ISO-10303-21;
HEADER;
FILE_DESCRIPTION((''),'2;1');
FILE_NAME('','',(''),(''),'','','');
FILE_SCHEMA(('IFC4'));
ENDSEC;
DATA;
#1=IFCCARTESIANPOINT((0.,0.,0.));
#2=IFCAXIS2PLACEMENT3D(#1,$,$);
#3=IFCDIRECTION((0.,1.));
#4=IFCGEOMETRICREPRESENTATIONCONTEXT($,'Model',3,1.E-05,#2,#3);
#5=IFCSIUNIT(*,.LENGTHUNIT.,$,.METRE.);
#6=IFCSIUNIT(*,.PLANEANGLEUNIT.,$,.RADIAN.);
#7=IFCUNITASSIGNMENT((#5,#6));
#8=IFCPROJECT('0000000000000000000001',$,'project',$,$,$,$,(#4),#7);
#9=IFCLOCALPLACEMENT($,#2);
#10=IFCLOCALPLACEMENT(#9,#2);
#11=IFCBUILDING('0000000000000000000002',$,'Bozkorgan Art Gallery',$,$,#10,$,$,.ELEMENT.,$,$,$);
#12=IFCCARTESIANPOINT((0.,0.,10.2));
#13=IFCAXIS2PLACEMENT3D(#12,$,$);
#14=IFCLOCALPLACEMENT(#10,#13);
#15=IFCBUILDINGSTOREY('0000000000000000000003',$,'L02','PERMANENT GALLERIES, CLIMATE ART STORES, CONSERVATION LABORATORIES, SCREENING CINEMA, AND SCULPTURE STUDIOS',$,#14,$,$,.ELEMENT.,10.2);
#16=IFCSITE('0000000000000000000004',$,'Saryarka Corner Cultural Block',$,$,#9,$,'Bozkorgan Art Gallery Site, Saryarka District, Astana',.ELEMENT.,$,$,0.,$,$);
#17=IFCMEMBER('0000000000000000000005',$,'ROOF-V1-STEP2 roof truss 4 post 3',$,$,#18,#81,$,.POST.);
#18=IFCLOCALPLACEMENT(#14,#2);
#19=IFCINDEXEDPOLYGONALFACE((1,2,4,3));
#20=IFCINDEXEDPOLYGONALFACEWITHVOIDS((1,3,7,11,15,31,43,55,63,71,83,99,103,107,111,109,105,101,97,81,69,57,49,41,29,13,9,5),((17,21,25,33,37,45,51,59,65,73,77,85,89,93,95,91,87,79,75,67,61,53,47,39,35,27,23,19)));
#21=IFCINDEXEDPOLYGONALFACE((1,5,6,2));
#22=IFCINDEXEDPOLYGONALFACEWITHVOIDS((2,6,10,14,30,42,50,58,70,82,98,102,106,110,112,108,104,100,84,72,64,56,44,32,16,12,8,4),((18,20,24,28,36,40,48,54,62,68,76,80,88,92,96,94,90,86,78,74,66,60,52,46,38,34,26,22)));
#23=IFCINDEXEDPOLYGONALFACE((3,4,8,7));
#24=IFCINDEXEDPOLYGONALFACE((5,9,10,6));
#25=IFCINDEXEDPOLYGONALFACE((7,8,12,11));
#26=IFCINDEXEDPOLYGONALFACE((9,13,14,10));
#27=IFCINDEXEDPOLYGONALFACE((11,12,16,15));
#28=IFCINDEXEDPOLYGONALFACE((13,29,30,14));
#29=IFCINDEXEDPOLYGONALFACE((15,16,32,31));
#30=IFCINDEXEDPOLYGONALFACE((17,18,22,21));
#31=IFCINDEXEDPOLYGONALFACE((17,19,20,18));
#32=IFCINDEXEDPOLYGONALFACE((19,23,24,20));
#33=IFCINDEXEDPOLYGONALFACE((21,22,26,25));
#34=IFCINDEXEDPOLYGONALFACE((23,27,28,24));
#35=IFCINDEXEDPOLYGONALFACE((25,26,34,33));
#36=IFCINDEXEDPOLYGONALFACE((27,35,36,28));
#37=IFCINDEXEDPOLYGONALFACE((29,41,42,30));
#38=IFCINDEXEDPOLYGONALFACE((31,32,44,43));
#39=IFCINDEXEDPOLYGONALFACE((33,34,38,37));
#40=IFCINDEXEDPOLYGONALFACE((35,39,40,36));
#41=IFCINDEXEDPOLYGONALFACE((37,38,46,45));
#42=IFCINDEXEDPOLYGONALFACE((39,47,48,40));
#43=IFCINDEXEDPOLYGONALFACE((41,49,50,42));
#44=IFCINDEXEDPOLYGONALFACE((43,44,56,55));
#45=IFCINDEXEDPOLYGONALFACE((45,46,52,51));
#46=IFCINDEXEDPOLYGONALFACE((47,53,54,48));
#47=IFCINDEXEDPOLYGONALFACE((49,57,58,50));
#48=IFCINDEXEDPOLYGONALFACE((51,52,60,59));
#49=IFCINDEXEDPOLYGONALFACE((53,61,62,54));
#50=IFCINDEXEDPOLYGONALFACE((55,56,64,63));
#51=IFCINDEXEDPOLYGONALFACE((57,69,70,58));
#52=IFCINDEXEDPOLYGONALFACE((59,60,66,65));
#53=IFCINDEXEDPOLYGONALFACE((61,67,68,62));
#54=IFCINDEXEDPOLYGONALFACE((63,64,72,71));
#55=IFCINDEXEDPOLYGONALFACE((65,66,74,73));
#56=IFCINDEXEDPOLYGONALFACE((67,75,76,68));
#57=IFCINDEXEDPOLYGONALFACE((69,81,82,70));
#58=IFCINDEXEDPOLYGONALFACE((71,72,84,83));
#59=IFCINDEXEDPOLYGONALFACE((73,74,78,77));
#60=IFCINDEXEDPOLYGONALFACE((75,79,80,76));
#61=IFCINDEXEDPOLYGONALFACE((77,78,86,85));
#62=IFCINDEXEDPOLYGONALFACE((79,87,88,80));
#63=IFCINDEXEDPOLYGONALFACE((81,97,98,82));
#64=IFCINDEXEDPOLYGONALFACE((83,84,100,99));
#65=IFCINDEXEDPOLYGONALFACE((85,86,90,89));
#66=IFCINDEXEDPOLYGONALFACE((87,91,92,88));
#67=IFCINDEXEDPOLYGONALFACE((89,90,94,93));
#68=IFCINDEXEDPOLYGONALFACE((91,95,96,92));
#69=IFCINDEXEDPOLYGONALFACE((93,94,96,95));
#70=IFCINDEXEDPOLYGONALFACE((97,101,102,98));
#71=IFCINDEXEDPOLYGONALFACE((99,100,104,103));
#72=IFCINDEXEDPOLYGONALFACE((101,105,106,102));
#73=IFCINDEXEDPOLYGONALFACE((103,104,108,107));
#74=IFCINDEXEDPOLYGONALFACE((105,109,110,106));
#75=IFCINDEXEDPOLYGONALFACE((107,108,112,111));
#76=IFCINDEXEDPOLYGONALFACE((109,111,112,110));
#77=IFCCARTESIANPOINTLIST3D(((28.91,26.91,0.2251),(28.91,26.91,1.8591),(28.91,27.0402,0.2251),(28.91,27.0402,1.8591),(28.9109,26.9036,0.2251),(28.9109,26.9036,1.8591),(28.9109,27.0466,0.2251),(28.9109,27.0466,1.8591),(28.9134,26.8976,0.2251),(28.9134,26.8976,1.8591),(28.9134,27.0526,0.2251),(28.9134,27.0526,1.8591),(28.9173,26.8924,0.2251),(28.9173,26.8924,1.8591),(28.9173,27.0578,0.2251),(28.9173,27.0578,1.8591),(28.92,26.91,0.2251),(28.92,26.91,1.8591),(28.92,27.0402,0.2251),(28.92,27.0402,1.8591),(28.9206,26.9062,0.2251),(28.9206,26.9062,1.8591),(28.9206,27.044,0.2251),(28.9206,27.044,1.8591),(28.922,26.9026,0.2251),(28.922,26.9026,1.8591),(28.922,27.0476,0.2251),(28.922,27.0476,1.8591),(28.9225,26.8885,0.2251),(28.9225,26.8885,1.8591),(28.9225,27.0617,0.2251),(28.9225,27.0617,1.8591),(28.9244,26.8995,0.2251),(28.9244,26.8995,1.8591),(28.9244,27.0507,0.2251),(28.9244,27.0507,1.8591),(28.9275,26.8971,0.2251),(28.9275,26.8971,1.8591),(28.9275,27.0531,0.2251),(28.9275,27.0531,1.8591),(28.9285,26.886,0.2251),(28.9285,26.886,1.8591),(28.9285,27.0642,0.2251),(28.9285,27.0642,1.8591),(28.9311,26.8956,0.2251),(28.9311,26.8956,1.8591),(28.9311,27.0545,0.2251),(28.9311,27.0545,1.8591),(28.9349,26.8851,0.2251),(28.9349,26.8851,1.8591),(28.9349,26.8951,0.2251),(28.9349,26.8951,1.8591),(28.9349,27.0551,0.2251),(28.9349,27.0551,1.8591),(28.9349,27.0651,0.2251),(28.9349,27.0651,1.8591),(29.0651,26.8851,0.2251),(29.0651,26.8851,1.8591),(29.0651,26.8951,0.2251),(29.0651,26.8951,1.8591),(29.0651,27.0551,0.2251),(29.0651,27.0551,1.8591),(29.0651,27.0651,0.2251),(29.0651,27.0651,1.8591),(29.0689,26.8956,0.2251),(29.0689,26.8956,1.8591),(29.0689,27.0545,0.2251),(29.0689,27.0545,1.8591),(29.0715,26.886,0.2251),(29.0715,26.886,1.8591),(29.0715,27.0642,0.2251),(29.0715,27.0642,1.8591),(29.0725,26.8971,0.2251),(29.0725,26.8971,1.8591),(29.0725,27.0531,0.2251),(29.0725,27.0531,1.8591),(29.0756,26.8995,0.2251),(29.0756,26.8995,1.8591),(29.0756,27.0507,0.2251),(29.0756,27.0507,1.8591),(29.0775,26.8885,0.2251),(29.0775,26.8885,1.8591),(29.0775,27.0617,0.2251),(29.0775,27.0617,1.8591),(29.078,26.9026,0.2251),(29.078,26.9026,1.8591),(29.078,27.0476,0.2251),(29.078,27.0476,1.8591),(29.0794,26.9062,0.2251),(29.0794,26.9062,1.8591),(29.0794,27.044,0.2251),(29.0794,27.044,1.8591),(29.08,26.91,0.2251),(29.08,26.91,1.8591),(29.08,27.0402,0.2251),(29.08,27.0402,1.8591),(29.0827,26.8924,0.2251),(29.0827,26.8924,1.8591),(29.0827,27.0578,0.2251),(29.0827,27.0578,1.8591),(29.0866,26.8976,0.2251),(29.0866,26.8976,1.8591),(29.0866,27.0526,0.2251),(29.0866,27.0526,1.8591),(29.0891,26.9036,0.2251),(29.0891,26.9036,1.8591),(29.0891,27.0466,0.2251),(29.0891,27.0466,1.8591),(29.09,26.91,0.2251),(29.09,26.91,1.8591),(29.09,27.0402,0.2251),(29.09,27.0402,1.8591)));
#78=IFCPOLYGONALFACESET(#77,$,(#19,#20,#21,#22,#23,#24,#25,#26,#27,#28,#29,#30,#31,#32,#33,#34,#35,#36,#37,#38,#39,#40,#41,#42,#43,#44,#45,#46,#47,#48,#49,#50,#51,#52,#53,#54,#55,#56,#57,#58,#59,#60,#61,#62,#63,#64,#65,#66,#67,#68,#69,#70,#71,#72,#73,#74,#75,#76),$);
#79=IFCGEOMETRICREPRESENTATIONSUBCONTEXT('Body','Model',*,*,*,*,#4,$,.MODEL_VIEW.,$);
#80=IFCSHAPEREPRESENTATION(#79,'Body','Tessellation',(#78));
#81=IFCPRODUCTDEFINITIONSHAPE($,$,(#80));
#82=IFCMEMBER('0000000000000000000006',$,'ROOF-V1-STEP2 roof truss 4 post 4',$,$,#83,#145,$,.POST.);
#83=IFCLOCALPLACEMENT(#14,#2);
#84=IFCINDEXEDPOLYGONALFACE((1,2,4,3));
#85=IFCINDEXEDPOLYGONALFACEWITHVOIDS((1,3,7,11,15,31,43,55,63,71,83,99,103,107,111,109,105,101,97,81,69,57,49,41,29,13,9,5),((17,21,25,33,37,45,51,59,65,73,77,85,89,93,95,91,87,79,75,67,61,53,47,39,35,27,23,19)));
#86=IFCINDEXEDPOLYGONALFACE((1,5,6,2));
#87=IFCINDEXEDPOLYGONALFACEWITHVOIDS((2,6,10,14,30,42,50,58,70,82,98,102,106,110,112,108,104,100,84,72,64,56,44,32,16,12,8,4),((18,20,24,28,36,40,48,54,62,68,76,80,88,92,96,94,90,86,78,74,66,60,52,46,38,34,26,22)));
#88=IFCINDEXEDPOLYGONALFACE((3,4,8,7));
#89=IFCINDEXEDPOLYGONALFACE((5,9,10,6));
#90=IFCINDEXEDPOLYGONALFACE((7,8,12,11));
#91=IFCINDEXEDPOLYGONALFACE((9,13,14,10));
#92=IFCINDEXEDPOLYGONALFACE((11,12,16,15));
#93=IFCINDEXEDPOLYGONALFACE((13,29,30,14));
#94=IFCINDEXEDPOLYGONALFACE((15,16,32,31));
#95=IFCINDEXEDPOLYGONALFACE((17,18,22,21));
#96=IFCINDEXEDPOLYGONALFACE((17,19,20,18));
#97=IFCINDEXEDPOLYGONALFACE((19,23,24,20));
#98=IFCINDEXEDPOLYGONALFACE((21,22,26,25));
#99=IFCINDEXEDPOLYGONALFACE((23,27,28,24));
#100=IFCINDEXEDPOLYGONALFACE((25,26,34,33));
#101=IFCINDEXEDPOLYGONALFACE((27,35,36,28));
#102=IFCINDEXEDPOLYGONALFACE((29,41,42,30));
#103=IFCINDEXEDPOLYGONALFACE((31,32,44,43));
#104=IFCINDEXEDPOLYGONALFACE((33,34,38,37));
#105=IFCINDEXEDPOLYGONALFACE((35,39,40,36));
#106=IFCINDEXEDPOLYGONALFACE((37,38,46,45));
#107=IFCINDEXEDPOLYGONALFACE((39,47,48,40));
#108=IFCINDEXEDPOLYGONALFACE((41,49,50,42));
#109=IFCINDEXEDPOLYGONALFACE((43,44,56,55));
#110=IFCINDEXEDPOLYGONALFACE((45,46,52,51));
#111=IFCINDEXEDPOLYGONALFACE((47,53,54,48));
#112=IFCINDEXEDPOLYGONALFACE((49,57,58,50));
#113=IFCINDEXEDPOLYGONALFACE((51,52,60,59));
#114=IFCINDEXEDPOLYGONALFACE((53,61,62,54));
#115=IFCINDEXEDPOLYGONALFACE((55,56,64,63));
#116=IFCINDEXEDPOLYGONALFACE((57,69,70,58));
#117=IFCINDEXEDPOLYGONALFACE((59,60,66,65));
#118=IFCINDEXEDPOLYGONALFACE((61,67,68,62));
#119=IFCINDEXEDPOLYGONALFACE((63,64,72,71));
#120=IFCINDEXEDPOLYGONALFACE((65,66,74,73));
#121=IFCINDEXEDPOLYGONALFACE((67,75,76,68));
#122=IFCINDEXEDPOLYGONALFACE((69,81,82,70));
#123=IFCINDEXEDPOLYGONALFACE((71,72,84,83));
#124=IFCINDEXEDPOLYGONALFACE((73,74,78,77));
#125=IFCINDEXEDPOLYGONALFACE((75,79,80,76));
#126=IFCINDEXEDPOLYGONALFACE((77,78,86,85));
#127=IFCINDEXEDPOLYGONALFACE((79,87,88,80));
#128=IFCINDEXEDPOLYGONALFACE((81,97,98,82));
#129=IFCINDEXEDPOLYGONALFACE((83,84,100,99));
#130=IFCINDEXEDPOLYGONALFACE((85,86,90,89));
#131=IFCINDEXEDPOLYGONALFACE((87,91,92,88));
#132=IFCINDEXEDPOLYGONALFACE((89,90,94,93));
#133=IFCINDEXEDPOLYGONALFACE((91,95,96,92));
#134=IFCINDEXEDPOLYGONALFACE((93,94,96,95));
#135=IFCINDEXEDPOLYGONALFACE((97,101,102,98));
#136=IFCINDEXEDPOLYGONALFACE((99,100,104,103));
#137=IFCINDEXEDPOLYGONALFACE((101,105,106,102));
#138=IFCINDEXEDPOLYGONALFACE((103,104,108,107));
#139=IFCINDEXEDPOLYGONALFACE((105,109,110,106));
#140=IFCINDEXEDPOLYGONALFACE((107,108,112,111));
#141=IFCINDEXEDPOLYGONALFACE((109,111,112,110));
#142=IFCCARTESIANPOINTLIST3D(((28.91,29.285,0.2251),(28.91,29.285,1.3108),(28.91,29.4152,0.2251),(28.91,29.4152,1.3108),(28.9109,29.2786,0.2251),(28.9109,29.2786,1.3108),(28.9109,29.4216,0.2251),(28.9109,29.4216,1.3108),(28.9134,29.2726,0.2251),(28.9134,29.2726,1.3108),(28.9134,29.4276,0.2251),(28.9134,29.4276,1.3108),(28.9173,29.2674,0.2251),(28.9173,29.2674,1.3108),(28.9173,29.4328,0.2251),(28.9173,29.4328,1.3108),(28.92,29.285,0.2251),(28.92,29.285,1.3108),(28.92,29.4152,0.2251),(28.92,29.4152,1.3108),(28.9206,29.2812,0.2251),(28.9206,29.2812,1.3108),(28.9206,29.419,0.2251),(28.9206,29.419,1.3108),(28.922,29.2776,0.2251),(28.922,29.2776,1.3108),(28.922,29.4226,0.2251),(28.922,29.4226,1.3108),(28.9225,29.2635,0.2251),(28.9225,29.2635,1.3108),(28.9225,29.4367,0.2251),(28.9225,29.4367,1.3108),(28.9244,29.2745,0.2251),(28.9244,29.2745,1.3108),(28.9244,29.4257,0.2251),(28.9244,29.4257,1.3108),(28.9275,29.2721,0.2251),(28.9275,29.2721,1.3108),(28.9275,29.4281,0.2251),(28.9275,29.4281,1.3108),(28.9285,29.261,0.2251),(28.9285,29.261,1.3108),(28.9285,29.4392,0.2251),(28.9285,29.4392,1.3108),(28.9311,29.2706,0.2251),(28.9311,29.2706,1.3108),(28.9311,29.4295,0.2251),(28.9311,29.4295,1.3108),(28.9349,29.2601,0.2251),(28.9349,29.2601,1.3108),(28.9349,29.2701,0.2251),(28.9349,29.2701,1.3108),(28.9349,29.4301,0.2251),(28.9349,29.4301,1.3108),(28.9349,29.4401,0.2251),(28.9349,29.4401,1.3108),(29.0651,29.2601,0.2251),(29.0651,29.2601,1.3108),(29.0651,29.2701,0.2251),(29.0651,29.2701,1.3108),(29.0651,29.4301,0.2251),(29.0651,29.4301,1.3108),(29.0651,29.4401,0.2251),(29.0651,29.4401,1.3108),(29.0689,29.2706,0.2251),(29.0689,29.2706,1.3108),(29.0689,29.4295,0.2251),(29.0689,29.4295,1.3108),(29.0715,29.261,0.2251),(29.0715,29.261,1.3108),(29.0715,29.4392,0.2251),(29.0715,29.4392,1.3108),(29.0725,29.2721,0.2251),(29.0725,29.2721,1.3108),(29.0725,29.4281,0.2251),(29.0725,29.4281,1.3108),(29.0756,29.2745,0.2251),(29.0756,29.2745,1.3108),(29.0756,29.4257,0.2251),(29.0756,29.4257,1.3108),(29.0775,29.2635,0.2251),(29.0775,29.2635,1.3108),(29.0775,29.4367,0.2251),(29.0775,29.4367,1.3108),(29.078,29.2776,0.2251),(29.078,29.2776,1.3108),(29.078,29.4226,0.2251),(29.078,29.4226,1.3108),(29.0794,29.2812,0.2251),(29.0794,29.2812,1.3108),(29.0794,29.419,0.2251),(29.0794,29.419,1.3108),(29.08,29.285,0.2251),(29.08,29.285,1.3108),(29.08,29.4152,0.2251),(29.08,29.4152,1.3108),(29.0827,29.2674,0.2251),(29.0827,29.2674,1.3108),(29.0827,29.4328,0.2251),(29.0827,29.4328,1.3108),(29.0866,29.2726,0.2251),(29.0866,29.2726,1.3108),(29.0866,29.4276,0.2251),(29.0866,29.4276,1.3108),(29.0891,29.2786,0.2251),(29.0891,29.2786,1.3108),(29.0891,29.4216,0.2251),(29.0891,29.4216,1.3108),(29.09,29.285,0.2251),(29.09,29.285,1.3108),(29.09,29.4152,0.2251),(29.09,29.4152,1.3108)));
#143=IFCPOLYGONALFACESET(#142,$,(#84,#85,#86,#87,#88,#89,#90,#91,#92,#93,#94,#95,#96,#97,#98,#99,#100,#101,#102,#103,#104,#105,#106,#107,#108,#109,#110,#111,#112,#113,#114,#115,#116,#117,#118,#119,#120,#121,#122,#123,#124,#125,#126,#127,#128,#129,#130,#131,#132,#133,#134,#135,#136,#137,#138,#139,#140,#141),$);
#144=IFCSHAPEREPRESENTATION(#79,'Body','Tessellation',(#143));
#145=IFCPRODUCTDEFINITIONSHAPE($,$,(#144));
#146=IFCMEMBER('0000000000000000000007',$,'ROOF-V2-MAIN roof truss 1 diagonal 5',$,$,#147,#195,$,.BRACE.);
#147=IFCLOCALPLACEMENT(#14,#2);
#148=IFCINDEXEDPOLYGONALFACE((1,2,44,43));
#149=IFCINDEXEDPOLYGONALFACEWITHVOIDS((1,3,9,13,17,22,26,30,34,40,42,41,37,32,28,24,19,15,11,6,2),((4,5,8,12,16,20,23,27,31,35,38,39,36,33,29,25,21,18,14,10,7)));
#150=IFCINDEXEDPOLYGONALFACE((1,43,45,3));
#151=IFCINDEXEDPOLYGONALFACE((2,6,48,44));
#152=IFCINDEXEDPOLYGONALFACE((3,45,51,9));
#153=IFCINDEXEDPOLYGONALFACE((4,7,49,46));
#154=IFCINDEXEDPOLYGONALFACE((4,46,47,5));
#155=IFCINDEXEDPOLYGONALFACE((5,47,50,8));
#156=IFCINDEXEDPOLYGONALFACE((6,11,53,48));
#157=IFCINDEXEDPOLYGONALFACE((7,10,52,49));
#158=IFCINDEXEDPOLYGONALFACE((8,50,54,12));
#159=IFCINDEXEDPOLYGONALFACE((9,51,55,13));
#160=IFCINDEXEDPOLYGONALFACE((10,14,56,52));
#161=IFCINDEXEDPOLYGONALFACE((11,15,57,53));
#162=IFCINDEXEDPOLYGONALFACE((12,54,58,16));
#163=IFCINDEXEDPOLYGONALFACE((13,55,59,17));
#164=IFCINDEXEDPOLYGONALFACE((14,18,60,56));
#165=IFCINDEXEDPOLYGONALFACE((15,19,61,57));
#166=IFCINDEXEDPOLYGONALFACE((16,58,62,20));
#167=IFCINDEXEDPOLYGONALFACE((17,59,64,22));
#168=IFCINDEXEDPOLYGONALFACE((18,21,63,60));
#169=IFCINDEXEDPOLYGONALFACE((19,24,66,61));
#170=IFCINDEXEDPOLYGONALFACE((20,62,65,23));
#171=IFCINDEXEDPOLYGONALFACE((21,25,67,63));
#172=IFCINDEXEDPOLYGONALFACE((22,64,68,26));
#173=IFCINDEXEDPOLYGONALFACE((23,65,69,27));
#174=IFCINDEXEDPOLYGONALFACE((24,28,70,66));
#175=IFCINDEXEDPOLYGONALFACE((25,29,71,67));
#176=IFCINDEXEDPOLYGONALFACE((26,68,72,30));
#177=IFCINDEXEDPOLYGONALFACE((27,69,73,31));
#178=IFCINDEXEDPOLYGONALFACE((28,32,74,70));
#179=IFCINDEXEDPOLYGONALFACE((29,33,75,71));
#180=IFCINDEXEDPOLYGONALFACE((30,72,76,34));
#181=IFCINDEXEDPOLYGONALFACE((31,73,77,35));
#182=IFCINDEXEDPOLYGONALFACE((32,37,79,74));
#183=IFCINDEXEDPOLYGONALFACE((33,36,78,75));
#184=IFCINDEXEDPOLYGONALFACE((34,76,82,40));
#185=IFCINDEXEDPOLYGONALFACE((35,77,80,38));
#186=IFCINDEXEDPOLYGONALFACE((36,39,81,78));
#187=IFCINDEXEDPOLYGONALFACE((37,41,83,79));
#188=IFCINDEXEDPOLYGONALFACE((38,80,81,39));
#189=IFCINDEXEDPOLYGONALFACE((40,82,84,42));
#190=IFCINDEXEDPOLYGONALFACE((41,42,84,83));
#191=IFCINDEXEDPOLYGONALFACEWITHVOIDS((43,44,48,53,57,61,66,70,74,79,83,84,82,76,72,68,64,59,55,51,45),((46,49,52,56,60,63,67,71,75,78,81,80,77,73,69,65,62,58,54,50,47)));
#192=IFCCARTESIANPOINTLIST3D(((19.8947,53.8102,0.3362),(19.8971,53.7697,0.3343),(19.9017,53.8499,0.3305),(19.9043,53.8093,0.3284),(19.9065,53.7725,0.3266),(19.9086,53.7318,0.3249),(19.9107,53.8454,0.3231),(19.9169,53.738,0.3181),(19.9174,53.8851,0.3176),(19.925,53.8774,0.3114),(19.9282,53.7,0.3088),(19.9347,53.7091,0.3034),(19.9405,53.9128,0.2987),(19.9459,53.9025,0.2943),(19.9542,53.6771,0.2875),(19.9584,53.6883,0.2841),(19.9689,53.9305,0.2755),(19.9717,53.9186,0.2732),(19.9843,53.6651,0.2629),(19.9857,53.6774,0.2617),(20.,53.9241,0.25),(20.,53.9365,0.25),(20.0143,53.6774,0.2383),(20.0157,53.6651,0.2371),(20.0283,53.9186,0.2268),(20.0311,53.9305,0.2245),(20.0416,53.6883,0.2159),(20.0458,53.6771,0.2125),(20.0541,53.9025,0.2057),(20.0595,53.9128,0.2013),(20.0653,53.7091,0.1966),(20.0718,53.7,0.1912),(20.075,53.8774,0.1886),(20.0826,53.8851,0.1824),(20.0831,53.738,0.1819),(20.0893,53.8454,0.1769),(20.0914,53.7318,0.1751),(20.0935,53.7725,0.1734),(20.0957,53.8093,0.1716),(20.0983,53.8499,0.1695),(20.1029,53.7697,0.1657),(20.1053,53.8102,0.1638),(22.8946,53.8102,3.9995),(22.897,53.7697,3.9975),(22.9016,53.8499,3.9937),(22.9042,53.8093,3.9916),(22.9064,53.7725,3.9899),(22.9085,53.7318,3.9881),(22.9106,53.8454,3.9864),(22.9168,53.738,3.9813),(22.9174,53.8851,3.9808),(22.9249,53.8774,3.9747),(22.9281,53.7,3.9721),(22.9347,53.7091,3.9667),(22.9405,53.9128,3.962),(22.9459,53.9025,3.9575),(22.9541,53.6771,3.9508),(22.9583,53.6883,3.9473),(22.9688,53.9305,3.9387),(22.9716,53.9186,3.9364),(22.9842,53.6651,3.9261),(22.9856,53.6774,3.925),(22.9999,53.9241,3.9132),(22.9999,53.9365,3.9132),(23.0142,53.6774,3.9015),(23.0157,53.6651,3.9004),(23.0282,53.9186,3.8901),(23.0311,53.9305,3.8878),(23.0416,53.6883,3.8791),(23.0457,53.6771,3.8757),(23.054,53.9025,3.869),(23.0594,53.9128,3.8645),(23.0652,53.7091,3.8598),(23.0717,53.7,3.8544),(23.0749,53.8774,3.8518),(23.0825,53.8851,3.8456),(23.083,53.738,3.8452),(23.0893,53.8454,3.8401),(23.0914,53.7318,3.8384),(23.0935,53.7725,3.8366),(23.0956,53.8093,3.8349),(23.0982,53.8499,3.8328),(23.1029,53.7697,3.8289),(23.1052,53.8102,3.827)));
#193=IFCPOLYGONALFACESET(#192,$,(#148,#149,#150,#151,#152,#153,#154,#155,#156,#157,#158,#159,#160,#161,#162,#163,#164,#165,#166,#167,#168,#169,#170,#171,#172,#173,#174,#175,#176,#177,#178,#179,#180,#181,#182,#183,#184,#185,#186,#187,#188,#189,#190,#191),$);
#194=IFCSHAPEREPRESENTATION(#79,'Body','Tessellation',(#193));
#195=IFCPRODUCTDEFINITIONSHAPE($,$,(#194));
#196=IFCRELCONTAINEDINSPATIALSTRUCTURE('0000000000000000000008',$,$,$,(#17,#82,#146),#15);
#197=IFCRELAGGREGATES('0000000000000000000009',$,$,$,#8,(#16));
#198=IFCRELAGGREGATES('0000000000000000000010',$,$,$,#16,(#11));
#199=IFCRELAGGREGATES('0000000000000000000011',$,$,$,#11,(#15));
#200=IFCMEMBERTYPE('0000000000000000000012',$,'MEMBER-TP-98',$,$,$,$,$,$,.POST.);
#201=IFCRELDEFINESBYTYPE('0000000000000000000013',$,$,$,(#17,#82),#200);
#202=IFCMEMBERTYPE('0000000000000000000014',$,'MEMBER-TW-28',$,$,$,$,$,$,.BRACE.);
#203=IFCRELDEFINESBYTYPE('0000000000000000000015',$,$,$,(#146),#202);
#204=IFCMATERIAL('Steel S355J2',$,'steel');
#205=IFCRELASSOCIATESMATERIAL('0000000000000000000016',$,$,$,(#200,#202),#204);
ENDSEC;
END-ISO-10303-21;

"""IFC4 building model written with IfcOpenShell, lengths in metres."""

from ifc_helpers import new_model, si_unit, direction, frame, origin, origin_2d, place, context, subcontext, project, spatial, hollow_rectangle, hollow_circle, extrude, material, material_profile, profile_set, type_object, element, save


model = new_model("IFC4")

# Units and contexts
model_context = context("Model", 3, precision=1e-05, world=origin(), true_north=direction((0.0, 1.0)))
body_context = subcontext(model_context, "Body", "Model", "MODEL_VIEW")
ifc_project = project(units=[si_unit("LENGTHUNIT", "METRE"), si_unit("PLANEANGLEUNIT", "RADIAN")], contexts=[model_context])

# Site, building, storey
site_placement = place(None, origin())
site = spatial("IfcSite", under=ifc_project, at=site_placement, Name="Saryarka Corner Cultural Block", LongName="Bozkorgan Art Gallery Site, Saryarka District, Astana", CompositionType="ELEMENT", RefElevation=0.0)
building_placement = place(site_placement, origin())
building = spatial("IfcBuilding", under=site, at=building_placement, Name="Bozkorgan Art Gallery", CompositionType="ELEMENT")
storey_placement = place(building_placement, frame((0.0, 0.0, 10.2)))
storey = spatial("IfcBuildingStorey", under=building, at=storey_placement, Name="L02", Description="PERMANENT GALLERIES, CLIMATE ART STORES, CONSERVATION LABORATORIES, SCREENING CINEMA, AND SCULPTURE STUDIOS", CompositionType="ELEMENT", Elevation=10.2)

# Shared definitions
ifc_material = material(Name="Steel S355J2", Category="steel")

# Members
ifc_material_profile_1 = material_profile(ifc_material, hollow_rectangle(XDim=0.1799, YDim=0.1799, WallThickness=0.01, InnerFilletRadius=0.0149, OuterFilletRadius=0.0249, at=origin_2d()), Name="SHS 180x180x10")
ifc_profile_set_1 = profile_set([ifc_material_profile_1], Name="Steel S355J2")
member_type_1 = type_object("IfcMemberType", Name="MEMBER-TP-98", PredefinedType="POST", material=ifc_profile_set_1)
member_1_placement = place(storey_placement, frame((29.0, 26.9751, 0.2251), z_axis=(0.0, 0.0, 1.0), x_axis=(1.0, 0.0, 0.0)))
element("IfcMember", 1, at=member_1_placement, inside=storey, type_object=member_type_1, Name="ROOF-V1-STEP2 roof truss 4 post 3", PredefinedType="POST", context=body_context, shape_type="SweptSolid", body=[
    extrude(hollow_rectangle(XDim=0.1799, YDim=0.1799, WallThickness=0.01, InnerFilletRadius=0.0149, OuterFilletRadius=0.0249, at=origin_2d()), origin(), (0.0, 0.0, 1.0), 1.634),
])
member_2_placement = place(storey_placement, frame((29.0, 29.3501, 0.2251), z_axis=(0.0, 0.0, 1.0), x_axis=(1.0, 0.0, 0.0)))
element("IfcMember", 2, at=member_2_placement, inside=storey, type_object=member_type_1, Name="ROOF-V1-STEP2 roof truss 4 post 4", PredefinedType="POST", context=body_context, shape_type="SweptSolid", body=[
    extrude(hollow_rectangle(XDim=0.1799, YDim=0.1799, WallThickness=0.01, InnerFilletRadius=0.0149, OuterFilletRadius=0.0249, at=origin_2d()), origin(), (0.0, 0.0, 1.0), 1.0857),
])
ifc_material_profile_2 = material_profile(ifc_material, hollow_circle(Radius=0.1365, WallThickness=0.0125, at=origin_2d()), Name="CHS 273x12.5")
ifc_profile_set_2 = profile_set([ifc_material_profile_2], Name="Steel S355J2")
member_type_2 = type_object("IfcMemberType", Name="MEMBER-TW-28", PredefinedType="BRACE", material=ifc_profile_set_2)
member_3_placement = place(storey_placement, frame((20.0, 53.8, 0.25), z_axis=(0.633583, 0.0, 0.773675), x_axis=(0.0, 1.0, 0.0)))
element("IfcMember", 3, at=member_3_placement, inside=storey, type_object=member_type_2, Name="ROOF-V2-MAIN roof truss 1 diagonal 5", PredefinedType="BRACE", context=body_context, shape_type="SweptSolid", body=[
    extrude(hollow_circle(Radius=0.1365, WallThickness=0.0125, at=origin_2d()), origin(), (0.0, 0.0, 1.0), 4.7349),
])

save(model, "model.ifc")
